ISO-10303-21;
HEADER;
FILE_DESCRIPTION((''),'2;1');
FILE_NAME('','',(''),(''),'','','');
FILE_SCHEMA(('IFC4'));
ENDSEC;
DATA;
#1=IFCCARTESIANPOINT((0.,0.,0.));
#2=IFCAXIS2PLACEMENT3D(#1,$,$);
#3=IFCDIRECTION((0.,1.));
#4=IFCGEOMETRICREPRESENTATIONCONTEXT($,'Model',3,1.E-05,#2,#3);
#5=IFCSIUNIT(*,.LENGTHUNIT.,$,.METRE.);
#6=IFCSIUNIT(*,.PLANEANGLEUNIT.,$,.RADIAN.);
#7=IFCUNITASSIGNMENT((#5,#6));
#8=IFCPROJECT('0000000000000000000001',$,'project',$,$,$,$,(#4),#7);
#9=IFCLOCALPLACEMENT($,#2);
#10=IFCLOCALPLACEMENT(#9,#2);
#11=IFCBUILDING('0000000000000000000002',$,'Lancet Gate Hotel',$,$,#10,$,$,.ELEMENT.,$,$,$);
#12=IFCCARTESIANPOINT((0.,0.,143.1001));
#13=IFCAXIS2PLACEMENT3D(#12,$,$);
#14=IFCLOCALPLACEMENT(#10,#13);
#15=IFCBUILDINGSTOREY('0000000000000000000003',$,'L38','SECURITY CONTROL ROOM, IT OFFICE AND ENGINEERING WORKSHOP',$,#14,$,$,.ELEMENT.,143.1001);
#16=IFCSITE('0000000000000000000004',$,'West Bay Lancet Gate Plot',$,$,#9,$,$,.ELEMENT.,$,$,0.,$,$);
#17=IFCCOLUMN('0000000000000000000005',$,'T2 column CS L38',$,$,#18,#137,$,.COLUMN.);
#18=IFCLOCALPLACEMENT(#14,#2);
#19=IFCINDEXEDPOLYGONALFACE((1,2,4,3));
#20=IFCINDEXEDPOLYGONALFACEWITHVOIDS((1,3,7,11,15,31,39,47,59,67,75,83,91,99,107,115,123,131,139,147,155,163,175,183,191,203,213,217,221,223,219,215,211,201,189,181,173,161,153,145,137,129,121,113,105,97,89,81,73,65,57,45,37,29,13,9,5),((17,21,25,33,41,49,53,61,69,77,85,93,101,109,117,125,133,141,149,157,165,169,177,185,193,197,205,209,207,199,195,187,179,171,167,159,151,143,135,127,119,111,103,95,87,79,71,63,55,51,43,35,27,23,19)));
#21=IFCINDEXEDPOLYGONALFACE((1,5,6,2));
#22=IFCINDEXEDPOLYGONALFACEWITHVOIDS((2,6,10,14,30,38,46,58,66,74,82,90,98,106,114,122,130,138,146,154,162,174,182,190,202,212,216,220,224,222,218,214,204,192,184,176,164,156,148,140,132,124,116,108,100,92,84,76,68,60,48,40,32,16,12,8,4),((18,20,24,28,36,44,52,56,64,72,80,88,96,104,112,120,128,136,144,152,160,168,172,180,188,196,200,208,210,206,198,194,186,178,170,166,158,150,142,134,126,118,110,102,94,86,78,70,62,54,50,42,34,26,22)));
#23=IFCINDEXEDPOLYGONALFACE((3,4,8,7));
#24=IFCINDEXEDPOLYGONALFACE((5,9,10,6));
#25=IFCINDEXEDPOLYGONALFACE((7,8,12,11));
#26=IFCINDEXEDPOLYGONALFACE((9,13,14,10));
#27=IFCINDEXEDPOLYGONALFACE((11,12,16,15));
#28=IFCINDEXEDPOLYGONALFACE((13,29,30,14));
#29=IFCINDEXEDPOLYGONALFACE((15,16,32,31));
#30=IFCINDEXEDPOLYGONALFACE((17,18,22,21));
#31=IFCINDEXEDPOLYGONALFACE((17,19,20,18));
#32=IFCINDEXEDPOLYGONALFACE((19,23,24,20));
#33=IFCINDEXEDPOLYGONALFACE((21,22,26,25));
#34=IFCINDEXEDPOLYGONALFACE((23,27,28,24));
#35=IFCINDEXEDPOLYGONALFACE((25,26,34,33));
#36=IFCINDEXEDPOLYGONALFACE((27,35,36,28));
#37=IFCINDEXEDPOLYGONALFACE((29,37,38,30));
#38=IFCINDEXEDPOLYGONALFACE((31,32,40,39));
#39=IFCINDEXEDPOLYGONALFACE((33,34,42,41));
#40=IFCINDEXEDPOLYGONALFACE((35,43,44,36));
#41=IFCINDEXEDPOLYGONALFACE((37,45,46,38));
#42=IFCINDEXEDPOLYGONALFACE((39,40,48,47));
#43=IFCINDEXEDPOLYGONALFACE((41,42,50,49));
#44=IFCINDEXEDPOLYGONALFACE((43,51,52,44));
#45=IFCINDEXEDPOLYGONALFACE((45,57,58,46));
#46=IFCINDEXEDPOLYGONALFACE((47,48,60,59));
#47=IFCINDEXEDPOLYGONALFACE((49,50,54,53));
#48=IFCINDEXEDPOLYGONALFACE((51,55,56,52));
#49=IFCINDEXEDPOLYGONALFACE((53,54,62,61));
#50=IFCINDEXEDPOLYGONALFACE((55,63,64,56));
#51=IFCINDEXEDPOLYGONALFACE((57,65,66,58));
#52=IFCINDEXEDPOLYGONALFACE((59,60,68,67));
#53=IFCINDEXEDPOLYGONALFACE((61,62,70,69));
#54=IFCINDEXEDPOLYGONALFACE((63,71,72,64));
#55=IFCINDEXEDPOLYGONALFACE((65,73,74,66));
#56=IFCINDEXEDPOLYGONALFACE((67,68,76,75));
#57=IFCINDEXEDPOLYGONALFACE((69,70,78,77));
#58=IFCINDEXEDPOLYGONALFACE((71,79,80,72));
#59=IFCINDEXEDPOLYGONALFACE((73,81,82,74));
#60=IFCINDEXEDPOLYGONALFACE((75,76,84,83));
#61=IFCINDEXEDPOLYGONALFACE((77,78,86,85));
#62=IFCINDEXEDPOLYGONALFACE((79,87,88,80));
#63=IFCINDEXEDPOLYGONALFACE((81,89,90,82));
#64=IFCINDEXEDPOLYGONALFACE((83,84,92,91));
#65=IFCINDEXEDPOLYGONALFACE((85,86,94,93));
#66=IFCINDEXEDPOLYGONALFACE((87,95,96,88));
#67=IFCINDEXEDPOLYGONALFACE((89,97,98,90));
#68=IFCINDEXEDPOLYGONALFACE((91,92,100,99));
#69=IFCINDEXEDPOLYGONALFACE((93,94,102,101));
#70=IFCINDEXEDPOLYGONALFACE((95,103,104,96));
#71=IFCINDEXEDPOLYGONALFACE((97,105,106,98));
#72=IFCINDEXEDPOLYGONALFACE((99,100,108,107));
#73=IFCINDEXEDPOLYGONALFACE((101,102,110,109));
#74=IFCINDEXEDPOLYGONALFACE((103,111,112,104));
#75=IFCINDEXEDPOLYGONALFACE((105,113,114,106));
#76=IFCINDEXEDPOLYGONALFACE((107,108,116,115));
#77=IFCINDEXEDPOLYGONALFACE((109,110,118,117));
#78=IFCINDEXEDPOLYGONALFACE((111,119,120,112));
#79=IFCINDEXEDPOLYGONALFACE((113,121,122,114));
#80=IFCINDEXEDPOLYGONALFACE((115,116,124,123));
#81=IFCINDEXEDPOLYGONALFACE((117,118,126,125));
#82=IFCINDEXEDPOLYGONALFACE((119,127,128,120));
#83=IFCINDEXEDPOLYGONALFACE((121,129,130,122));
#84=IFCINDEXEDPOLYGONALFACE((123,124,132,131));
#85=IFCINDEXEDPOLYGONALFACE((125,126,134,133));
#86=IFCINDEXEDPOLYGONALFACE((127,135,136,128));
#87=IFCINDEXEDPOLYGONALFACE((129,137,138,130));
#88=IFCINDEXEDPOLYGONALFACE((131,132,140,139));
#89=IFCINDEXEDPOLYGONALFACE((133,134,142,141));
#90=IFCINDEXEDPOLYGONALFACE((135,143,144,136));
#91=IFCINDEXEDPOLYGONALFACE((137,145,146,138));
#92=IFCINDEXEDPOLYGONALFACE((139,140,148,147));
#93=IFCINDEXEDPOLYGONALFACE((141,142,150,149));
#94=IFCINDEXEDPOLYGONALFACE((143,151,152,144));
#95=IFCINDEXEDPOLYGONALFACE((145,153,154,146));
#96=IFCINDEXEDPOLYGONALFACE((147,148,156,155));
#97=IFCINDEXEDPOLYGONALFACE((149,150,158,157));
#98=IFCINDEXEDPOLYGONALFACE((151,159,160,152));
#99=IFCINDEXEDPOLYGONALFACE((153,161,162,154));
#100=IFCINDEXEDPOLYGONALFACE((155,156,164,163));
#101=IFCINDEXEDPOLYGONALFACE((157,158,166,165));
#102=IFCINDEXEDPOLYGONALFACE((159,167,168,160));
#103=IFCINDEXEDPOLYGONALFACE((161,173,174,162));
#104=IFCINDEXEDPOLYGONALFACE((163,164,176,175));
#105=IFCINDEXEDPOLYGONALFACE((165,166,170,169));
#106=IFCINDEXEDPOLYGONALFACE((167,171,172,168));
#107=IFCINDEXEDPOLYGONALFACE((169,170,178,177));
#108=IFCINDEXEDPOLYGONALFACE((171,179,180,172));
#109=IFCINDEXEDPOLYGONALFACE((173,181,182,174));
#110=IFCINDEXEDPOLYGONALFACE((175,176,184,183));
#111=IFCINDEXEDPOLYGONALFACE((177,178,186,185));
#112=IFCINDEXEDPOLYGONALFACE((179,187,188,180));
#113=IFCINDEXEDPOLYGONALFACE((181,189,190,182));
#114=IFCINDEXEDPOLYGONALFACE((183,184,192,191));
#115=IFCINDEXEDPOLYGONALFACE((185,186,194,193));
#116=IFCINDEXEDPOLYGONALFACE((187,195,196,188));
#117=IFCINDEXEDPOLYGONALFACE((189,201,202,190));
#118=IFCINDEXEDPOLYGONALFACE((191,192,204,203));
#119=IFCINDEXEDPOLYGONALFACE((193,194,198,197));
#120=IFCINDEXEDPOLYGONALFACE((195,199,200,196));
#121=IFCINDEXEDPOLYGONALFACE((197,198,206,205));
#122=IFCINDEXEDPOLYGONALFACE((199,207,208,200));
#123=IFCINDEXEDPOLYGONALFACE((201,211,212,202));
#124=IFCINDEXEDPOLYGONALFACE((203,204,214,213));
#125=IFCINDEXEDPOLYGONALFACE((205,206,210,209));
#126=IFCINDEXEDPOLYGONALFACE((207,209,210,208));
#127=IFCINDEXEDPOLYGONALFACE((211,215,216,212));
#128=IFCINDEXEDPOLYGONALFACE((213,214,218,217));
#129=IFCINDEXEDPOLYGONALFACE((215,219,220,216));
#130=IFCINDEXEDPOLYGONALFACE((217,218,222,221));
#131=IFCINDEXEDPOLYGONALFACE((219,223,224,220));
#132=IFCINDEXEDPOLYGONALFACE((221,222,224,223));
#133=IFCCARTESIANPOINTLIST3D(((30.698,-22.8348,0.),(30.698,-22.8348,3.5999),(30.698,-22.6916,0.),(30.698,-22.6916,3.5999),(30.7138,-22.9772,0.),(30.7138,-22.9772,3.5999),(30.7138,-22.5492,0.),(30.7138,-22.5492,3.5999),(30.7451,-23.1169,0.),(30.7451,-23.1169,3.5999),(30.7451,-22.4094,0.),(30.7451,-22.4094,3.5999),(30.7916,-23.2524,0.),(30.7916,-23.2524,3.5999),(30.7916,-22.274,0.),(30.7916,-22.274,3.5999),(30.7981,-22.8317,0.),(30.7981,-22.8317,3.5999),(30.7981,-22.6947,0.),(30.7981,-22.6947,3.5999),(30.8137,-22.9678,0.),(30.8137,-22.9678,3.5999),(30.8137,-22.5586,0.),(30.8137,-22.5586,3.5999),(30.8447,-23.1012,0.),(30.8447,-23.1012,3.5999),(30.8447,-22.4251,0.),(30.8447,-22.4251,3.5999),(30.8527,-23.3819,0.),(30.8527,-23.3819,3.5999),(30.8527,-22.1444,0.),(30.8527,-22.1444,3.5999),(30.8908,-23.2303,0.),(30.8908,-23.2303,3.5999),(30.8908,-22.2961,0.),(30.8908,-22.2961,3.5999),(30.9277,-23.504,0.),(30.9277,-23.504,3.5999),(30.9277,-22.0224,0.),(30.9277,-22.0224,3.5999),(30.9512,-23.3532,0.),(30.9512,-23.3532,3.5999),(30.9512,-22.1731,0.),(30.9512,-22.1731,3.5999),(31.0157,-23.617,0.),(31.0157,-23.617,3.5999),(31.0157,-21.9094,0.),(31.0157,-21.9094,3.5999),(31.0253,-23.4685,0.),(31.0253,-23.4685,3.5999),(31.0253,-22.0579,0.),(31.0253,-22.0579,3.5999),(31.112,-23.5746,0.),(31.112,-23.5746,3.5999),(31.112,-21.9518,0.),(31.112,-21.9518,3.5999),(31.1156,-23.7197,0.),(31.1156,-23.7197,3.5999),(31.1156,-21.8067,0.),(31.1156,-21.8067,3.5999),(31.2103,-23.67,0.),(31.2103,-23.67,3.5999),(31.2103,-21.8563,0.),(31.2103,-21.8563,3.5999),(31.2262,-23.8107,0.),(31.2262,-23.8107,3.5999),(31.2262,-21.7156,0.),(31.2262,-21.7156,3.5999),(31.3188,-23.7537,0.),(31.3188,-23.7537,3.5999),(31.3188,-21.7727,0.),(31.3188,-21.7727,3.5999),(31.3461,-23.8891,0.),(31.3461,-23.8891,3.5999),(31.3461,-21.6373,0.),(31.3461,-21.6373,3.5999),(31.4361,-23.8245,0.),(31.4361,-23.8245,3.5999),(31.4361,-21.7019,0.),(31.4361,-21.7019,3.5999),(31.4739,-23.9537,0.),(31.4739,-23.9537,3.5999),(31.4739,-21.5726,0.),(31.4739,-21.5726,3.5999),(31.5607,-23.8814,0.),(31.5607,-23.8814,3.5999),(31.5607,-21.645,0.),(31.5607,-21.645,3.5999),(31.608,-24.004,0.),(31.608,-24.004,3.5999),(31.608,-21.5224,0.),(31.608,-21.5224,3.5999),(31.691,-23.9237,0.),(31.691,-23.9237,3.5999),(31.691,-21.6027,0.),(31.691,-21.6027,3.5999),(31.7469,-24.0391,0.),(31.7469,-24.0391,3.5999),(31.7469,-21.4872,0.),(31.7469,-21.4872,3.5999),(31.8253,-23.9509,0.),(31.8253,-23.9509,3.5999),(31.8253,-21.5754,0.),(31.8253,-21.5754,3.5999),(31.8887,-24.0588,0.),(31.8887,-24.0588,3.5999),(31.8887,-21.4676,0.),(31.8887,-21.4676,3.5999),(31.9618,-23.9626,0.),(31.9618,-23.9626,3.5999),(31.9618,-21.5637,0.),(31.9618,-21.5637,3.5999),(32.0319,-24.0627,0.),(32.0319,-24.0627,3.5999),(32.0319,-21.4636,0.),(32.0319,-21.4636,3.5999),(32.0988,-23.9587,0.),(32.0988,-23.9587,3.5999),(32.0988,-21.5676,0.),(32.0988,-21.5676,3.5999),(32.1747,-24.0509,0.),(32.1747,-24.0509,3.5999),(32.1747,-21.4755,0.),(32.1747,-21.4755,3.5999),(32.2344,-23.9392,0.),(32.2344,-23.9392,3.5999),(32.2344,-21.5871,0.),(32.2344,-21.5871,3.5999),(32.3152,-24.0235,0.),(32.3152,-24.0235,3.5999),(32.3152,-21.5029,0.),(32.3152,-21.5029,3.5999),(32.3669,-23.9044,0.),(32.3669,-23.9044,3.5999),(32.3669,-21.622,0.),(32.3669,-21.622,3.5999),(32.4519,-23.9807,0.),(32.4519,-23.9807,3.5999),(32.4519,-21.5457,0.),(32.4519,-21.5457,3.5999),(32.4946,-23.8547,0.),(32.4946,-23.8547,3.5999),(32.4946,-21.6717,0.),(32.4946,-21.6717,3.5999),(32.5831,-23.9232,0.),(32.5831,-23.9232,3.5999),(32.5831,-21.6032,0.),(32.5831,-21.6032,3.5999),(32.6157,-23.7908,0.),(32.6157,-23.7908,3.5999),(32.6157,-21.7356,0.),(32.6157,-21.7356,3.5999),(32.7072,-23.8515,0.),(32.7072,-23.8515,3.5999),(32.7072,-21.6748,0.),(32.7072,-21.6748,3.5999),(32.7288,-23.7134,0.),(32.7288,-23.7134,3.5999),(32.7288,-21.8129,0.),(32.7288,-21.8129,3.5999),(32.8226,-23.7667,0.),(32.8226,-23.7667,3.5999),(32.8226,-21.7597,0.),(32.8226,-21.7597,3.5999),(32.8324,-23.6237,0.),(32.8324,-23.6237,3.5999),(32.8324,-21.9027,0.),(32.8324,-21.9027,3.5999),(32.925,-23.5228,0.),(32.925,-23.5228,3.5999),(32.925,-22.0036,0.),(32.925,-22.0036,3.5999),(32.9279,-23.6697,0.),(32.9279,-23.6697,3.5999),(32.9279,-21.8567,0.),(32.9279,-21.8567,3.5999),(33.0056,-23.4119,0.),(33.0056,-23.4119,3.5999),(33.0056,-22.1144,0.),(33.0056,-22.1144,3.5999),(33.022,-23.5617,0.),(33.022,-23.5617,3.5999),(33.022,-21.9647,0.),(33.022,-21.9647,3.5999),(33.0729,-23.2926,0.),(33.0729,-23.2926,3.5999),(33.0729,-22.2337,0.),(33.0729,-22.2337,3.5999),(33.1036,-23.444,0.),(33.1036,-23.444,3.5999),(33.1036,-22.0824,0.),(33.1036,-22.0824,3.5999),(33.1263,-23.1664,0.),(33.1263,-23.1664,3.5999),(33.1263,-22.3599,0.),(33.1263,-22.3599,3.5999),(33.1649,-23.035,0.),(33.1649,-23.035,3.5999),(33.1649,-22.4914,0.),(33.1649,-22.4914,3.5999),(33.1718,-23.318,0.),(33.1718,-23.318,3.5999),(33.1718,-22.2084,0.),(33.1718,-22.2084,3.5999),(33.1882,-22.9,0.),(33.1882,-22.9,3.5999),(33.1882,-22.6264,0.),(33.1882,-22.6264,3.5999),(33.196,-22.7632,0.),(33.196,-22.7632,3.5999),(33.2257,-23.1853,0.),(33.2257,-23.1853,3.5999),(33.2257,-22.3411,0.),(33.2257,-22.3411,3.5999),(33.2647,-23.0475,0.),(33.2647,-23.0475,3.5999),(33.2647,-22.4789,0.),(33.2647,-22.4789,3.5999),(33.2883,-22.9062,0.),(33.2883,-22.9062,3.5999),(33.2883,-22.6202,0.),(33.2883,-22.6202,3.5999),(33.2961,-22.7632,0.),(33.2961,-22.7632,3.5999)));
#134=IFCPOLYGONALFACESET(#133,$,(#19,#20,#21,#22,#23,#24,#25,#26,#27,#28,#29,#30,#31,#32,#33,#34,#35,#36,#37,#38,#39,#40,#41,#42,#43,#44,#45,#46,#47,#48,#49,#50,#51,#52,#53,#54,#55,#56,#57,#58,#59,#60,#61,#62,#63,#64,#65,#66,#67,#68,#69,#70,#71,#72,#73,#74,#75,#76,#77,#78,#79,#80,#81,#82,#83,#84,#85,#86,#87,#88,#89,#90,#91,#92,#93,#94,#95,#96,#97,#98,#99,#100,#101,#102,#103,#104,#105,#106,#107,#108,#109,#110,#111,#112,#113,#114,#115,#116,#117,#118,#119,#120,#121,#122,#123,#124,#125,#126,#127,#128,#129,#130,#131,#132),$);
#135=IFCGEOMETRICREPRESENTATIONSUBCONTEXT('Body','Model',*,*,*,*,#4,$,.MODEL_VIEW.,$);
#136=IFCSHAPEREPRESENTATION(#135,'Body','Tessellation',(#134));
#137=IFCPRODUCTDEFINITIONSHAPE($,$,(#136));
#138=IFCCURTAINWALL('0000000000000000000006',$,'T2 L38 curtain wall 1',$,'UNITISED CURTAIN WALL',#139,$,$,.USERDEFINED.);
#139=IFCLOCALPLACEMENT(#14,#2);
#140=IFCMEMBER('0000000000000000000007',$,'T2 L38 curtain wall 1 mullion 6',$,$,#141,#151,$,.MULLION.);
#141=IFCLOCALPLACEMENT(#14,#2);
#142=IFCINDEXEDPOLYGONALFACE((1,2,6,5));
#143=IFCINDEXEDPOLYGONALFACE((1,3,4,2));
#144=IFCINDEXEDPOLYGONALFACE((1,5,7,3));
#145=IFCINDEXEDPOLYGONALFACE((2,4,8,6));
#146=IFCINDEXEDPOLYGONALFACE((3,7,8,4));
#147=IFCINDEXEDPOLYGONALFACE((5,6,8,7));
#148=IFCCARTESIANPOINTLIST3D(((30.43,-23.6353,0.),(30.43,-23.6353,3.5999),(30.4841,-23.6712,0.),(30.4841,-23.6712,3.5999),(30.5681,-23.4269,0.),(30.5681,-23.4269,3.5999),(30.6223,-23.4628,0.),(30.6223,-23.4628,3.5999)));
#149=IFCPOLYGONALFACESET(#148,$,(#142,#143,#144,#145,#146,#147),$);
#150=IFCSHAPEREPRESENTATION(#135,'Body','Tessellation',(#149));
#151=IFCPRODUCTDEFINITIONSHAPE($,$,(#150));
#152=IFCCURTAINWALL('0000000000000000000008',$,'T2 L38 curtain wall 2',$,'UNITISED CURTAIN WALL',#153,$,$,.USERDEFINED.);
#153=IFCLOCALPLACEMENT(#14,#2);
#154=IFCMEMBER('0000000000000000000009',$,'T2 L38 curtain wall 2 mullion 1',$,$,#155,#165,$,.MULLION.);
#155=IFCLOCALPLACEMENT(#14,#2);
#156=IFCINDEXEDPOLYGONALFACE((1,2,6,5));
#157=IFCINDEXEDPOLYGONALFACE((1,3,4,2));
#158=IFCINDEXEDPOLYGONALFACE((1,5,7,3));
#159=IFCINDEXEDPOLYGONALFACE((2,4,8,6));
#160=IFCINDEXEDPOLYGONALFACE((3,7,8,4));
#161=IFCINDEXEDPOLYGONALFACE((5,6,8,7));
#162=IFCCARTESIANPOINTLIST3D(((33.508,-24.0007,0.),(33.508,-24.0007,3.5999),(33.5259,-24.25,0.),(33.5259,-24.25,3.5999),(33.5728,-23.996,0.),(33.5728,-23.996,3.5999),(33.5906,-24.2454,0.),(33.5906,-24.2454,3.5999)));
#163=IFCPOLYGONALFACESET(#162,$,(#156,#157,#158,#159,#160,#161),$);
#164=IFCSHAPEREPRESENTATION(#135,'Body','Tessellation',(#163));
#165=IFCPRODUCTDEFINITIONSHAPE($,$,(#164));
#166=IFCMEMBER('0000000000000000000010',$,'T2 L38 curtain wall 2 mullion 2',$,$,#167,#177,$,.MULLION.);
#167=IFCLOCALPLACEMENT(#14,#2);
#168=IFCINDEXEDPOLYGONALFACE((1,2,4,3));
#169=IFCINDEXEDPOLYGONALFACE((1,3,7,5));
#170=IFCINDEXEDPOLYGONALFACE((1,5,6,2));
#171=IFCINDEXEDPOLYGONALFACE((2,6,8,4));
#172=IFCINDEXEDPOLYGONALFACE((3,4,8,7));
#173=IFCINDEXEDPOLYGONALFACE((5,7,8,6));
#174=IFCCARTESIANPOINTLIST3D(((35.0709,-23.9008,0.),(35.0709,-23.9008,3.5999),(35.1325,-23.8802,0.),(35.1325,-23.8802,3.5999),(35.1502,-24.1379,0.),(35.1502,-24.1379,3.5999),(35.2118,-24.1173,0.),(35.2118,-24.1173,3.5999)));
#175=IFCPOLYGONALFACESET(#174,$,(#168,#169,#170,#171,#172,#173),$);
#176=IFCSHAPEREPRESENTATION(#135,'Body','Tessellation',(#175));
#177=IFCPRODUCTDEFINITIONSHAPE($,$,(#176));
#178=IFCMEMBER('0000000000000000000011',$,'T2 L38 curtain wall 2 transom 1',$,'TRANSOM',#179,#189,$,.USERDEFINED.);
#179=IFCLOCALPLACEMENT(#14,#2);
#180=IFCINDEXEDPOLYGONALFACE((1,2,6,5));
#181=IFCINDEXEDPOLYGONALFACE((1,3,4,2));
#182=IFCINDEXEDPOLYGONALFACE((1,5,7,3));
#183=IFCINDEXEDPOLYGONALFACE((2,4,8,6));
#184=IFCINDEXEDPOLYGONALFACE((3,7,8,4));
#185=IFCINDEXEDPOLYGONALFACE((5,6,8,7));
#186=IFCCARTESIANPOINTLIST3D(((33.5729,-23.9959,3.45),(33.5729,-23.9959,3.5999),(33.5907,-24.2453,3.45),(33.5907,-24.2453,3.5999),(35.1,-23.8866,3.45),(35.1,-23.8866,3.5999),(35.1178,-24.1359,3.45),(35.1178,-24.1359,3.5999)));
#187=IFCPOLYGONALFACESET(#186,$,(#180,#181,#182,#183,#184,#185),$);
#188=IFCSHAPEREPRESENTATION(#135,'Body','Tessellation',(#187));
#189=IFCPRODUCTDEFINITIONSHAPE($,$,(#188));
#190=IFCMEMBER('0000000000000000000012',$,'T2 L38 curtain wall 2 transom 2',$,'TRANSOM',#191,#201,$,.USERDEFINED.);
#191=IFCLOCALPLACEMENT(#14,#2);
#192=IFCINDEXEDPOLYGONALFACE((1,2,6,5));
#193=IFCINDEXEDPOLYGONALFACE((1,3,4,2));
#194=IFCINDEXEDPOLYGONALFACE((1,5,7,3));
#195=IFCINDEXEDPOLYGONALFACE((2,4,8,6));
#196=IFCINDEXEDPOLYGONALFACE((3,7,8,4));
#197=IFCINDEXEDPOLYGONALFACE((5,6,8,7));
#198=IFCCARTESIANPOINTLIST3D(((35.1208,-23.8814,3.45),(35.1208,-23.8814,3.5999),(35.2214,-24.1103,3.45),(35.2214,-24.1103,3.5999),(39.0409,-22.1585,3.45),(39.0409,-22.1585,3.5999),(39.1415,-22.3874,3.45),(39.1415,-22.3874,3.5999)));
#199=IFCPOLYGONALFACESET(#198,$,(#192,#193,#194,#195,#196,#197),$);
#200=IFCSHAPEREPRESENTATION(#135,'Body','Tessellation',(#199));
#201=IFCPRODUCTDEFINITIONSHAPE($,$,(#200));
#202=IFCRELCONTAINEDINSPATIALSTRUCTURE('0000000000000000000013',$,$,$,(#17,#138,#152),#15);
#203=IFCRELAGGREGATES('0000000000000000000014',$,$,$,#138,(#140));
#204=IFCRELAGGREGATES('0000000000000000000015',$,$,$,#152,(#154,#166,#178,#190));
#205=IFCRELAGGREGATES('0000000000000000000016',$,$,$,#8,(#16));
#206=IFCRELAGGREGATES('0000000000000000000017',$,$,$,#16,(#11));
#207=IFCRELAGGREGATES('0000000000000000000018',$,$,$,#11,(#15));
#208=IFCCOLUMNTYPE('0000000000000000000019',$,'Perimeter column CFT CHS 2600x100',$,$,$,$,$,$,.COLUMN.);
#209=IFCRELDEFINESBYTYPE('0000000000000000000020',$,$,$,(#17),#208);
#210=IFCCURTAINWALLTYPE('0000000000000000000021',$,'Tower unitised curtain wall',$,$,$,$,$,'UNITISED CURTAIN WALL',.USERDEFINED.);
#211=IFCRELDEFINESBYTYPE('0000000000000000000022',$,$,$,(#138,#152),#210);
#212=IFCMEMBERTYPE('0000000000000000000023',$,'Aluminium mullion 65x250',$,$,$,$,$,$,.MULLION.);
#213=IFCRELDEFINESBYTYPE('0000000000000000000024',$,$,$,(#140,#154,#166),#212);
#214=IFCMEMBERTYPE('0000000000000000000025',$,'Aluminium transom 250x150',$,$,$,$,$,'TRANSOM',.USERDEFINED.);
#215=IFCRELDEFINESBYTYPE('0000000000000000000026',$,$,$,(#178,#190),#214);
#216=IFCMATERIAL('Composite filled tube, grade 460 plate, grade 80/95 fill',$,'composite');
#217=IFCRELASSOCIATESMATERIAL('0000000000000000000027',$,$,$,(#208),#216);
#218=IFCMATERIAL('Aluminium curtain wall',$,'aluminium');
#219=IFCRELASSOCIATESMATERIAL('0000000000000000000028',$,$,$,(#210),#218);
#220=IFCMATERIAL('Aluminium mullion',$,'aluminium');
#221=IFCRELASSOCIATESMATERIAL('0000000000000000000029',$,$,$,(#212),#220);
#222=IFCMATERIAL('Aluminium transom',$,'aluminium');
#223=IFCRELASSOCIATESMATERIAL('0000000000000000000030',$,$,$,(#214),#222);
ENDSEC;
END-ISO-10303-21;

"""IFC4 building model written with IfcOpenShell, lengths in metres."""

from ifc_helpers import new_model, si_unit, direction, frame, origin, origin_2d, place, context, subcontext, project, spatial, rectangle, hollow_circle, extrude, material, material_profile, profile_set, type_object, element, aggregate, save


model = new_model("IFC4")

# Units and contexts
model_context = context("Model", 3, precision=1e-05, world=origin(), true_north=direction((0.0, 1.0)))
body_context = subcontext(model_context, "Body", "Model", "MODEL_VIEW")
ifc_project = project(units=[si_unit("LENGTHUNIT", "METRE"), si_unit("PLANEANGLEUNIT", "RADIAN")], contexts=[model_context])

# Site, building, storey
site_placement = place(None, origin())
site = spatial("IfcSite", under=ifc_project, at=site_placement, Name="West Bay Lancet Gate Plot", CompositionType="ELEMENT", RefElevation=0.0)
building_placement = place(site_placement, origin())
building = spatial("IfcBuilding", under=site, at=building_placement, Name="Lancet Gate Hotel", CompositionType="ELEMENT")
storey_placement = place(building_placement, frame((0.0, 0.0, 143.1001)))
storey = spatial("IfcBuildingStorey", under=building, at=storey_placement, Name="L38", Description="SECURITY CONTROL ROOM, IT OFFICE AND ENGINEERING WORKSHOP", CompositionType="ELEMENT", Elevation=143.1001)

# Column
ifc_material_1 = material(Name="Composite filled tube, grade 460 plate, grade 80/95 fill", Category="composite")
ifc_material_profile_1 = material_profile(ifc_material_1, hollow_circle(Radius=1.3, WallThickness=0.1001, at=origin_2d()), Name="CHS 2600x100")
ifc_profile_set_1 = profile_set([ifc_material_profile_1], Name="Composite filled tube, grade 460 plate, grade 80/95 fill")
column_type = type_object("IfcColumnType", Name="Perimeter column CFT CHS 2600x100", PredefinedType="COLUMN", material=ifc_profile_set_1)
column_placement = place(storey_placement, frame((31.9961, -22.7632, 0.0), z_axis=(0.0, 0.0, 1.0), x_axis=(1.0, 0.0, 0.0)))
element("IfcColumn", 1, at=column_placement, inside=storey, type_object=column_type, Name="T2 column CS L38", PredefinedType="COLUMN", context=body_context, shape_type="SweptSolid", body=[
    extrude(hollow_circle(Radius=1.3, WallThickness=0.1001, at=origin_2d()), origin(), (0.0, 0.0, 1.0), 3.5999),
])

# Curtain wall, member
ifc_material_2 = material(Name="Aluminium curtain wall", Category="aluminium")
curtain_wall_type = type_object("IfcCurtainWallType", Name="Tower unitised curtain wall", ElementType="UNITISED CURTAIN WALL", PredefinedType="USERDEFINED", material=ifc_material_2)
curtain_wall_1_placement = place(storey_placement, origin())
curtain_wall_1 = element("IfcCurtainWall", 2, at=curtain_wall_1_placement, inside=storey, type_object=curtain_wall_type, Name="T2 L38 curtain wall 1", ObjectType="UNITISED CURTAIN WALL", PredefinedType="USERDEFINED")
ifc_material_3 = material(Name="Aluminium mullion", Category="aluminium")
ifc_material_profile_2 = material_profile(ifc_material_3, rectangle(XDim=0.0649, YDim=0.25, at=origin_2d()), Name="MULLION 65x250")
ifc_profile_set_2 = profile_set([ifc_material_profile_2], Name="Aluminium mullion")
member_type_1 = type_object("IfcMemberType", Name="Aluminium mullion 65x250", PredefinedType="MULLION", material=ifc_profile_set_2)
member_1_placement = place(storey_placement, frame((30.5261, -23.5491, 0.0), z_axis=(0.0, 0.0, 1.0), x_axis=(0.833465, -0.552573, 0.0)))
member_1 = element("IfcMember", 3, at=member_1_placement, type_object=member_type_1, Name="T2 L38 curtain wall 1 mullion 6", PredefinedType="MULLION", context=body_context, shape_type="SweptSolid", body=[
    extrude(rectangle(XDim=0.0649, YDim=0.25, at=origin_2d()), origin(), (0.0, 0.0, 1.0), 3.5999),
])
aggregate(curtain_wall_1, [member_1])

# Curtain wall, members
curtain_wall_2_placement = place(storey_placement, origin())
curtain_wall_2 = element("IfcCurtainWall", 4, at=curtain_wall_2_placement, inside=storey, type_object=curtain_wall_type, Name="T2 L38 curtain wall 2", ObjectType="UNITISED CURTAIN WALL", PredefinedType="USERDEFINED")
member_2_placement = place(storey_placement, frame((33.5493, -24.123, 0.0), z_axis=(0.0, 0.0, 1.0), x_axis=(0.997448, 0.07139, 0.0)))
member_2 = element("IfcMember", 5, at=member_2_placement, type_object=member_type_1, Name="T2 L38 curtain wall 2 mullion 1", PredefinedType="MULLION", context=body_context, shape_type="SweptSolid", body=[
    extrude(rectangle(XDim=0.0649, YDim=0.25, at=origin_2d()), origin(), (0.0, 0.0, 1.0), 3.5999),
])
member_3_placement = place(storey_placement, frame((35.1414, -24.009, 0.0), z_axis=(0.0, 0.0, 1.0), x_axis=(0.948382, 0.317129, 0.0)))
member_3 = element("IfcMember", 6, at=member_3_placement, type_object=member_type_1, Name="T2 L38 curtain wall 2 mullion 2", PredefinedType="MULLION", context=body_context, shape_type="SweptSolid", body=[
    extrude(rectangle(XDim=0.0649, YDim=0.25, at=origin_2d()), origin(), (0.0, 0.0, 1.0), 3.5999),
])
ifc_material_4 = material(Name="Aluminium transom", Category="aluminium")
ifc_material_profile_3 = material_profile(ifc_material_4, rectangle(XDim=0.25, YDim=0.1499, at=origin_2d()), Name="TRANSOM 250x150")
ifc_profile_set_3 = profile_set([ifc_material_profile_3], Name="Aluminium transom")
member_type_2 = type_object("IfcMemberType", Name="Aluminium transom 250x150", ElementType="TRANSOM", PredefinedType="USERDEFINED", material=ifc_profile_set_3)
member_4_placement = place(storey_placement, frame((33.5818, -24.1206, 3.5249), z_axis=(0.997445, 0.07144, 0.0), x_axis=(-0.07144, 0.997445, 0.0)))
member_4 = element("IfcMember", 7, at=member_4_placement, type_object=member_type_2, Name="T2 L38 curtain wall 2 transom 1", ObjectType="TRANSOM", PredefinedType="USERDEFINED", context=body_context, shape_type="SweptSolid", body=[
    extrude(rectangle(XDim=0.25, YDim=0.1499, at=origin_2d()), origin(), (0.0, 0.0, 1.0), 1.531),
])
member_5_placement = place(storey_placement, frame((35.1711, -23.9958, 3.5249), z_axis=(0.915485, 0.402353, 0.0), x_axis=(-0.402353, 0.915485, 0.0)))
member_5 = element("IfcMember", 8, at=member_5_placement, type_object=member_type_2, Name="T2 L38 curtain wall 2 transom 2", ObjectType="TRANSOM", PredefinedType="USERDEFINED", context=body_context, shape_type="SweptSolid", body=[
    extrude(rectangle(XDim=0.25, YDim=0.1499, at=origin_2d()), origin(), (0.0, 0.0, 1.0), 4.282),
])

aggregate(curtain_wall_2, [member_2, member_3, member_4, member_5])

save(model, "model.ifc")
